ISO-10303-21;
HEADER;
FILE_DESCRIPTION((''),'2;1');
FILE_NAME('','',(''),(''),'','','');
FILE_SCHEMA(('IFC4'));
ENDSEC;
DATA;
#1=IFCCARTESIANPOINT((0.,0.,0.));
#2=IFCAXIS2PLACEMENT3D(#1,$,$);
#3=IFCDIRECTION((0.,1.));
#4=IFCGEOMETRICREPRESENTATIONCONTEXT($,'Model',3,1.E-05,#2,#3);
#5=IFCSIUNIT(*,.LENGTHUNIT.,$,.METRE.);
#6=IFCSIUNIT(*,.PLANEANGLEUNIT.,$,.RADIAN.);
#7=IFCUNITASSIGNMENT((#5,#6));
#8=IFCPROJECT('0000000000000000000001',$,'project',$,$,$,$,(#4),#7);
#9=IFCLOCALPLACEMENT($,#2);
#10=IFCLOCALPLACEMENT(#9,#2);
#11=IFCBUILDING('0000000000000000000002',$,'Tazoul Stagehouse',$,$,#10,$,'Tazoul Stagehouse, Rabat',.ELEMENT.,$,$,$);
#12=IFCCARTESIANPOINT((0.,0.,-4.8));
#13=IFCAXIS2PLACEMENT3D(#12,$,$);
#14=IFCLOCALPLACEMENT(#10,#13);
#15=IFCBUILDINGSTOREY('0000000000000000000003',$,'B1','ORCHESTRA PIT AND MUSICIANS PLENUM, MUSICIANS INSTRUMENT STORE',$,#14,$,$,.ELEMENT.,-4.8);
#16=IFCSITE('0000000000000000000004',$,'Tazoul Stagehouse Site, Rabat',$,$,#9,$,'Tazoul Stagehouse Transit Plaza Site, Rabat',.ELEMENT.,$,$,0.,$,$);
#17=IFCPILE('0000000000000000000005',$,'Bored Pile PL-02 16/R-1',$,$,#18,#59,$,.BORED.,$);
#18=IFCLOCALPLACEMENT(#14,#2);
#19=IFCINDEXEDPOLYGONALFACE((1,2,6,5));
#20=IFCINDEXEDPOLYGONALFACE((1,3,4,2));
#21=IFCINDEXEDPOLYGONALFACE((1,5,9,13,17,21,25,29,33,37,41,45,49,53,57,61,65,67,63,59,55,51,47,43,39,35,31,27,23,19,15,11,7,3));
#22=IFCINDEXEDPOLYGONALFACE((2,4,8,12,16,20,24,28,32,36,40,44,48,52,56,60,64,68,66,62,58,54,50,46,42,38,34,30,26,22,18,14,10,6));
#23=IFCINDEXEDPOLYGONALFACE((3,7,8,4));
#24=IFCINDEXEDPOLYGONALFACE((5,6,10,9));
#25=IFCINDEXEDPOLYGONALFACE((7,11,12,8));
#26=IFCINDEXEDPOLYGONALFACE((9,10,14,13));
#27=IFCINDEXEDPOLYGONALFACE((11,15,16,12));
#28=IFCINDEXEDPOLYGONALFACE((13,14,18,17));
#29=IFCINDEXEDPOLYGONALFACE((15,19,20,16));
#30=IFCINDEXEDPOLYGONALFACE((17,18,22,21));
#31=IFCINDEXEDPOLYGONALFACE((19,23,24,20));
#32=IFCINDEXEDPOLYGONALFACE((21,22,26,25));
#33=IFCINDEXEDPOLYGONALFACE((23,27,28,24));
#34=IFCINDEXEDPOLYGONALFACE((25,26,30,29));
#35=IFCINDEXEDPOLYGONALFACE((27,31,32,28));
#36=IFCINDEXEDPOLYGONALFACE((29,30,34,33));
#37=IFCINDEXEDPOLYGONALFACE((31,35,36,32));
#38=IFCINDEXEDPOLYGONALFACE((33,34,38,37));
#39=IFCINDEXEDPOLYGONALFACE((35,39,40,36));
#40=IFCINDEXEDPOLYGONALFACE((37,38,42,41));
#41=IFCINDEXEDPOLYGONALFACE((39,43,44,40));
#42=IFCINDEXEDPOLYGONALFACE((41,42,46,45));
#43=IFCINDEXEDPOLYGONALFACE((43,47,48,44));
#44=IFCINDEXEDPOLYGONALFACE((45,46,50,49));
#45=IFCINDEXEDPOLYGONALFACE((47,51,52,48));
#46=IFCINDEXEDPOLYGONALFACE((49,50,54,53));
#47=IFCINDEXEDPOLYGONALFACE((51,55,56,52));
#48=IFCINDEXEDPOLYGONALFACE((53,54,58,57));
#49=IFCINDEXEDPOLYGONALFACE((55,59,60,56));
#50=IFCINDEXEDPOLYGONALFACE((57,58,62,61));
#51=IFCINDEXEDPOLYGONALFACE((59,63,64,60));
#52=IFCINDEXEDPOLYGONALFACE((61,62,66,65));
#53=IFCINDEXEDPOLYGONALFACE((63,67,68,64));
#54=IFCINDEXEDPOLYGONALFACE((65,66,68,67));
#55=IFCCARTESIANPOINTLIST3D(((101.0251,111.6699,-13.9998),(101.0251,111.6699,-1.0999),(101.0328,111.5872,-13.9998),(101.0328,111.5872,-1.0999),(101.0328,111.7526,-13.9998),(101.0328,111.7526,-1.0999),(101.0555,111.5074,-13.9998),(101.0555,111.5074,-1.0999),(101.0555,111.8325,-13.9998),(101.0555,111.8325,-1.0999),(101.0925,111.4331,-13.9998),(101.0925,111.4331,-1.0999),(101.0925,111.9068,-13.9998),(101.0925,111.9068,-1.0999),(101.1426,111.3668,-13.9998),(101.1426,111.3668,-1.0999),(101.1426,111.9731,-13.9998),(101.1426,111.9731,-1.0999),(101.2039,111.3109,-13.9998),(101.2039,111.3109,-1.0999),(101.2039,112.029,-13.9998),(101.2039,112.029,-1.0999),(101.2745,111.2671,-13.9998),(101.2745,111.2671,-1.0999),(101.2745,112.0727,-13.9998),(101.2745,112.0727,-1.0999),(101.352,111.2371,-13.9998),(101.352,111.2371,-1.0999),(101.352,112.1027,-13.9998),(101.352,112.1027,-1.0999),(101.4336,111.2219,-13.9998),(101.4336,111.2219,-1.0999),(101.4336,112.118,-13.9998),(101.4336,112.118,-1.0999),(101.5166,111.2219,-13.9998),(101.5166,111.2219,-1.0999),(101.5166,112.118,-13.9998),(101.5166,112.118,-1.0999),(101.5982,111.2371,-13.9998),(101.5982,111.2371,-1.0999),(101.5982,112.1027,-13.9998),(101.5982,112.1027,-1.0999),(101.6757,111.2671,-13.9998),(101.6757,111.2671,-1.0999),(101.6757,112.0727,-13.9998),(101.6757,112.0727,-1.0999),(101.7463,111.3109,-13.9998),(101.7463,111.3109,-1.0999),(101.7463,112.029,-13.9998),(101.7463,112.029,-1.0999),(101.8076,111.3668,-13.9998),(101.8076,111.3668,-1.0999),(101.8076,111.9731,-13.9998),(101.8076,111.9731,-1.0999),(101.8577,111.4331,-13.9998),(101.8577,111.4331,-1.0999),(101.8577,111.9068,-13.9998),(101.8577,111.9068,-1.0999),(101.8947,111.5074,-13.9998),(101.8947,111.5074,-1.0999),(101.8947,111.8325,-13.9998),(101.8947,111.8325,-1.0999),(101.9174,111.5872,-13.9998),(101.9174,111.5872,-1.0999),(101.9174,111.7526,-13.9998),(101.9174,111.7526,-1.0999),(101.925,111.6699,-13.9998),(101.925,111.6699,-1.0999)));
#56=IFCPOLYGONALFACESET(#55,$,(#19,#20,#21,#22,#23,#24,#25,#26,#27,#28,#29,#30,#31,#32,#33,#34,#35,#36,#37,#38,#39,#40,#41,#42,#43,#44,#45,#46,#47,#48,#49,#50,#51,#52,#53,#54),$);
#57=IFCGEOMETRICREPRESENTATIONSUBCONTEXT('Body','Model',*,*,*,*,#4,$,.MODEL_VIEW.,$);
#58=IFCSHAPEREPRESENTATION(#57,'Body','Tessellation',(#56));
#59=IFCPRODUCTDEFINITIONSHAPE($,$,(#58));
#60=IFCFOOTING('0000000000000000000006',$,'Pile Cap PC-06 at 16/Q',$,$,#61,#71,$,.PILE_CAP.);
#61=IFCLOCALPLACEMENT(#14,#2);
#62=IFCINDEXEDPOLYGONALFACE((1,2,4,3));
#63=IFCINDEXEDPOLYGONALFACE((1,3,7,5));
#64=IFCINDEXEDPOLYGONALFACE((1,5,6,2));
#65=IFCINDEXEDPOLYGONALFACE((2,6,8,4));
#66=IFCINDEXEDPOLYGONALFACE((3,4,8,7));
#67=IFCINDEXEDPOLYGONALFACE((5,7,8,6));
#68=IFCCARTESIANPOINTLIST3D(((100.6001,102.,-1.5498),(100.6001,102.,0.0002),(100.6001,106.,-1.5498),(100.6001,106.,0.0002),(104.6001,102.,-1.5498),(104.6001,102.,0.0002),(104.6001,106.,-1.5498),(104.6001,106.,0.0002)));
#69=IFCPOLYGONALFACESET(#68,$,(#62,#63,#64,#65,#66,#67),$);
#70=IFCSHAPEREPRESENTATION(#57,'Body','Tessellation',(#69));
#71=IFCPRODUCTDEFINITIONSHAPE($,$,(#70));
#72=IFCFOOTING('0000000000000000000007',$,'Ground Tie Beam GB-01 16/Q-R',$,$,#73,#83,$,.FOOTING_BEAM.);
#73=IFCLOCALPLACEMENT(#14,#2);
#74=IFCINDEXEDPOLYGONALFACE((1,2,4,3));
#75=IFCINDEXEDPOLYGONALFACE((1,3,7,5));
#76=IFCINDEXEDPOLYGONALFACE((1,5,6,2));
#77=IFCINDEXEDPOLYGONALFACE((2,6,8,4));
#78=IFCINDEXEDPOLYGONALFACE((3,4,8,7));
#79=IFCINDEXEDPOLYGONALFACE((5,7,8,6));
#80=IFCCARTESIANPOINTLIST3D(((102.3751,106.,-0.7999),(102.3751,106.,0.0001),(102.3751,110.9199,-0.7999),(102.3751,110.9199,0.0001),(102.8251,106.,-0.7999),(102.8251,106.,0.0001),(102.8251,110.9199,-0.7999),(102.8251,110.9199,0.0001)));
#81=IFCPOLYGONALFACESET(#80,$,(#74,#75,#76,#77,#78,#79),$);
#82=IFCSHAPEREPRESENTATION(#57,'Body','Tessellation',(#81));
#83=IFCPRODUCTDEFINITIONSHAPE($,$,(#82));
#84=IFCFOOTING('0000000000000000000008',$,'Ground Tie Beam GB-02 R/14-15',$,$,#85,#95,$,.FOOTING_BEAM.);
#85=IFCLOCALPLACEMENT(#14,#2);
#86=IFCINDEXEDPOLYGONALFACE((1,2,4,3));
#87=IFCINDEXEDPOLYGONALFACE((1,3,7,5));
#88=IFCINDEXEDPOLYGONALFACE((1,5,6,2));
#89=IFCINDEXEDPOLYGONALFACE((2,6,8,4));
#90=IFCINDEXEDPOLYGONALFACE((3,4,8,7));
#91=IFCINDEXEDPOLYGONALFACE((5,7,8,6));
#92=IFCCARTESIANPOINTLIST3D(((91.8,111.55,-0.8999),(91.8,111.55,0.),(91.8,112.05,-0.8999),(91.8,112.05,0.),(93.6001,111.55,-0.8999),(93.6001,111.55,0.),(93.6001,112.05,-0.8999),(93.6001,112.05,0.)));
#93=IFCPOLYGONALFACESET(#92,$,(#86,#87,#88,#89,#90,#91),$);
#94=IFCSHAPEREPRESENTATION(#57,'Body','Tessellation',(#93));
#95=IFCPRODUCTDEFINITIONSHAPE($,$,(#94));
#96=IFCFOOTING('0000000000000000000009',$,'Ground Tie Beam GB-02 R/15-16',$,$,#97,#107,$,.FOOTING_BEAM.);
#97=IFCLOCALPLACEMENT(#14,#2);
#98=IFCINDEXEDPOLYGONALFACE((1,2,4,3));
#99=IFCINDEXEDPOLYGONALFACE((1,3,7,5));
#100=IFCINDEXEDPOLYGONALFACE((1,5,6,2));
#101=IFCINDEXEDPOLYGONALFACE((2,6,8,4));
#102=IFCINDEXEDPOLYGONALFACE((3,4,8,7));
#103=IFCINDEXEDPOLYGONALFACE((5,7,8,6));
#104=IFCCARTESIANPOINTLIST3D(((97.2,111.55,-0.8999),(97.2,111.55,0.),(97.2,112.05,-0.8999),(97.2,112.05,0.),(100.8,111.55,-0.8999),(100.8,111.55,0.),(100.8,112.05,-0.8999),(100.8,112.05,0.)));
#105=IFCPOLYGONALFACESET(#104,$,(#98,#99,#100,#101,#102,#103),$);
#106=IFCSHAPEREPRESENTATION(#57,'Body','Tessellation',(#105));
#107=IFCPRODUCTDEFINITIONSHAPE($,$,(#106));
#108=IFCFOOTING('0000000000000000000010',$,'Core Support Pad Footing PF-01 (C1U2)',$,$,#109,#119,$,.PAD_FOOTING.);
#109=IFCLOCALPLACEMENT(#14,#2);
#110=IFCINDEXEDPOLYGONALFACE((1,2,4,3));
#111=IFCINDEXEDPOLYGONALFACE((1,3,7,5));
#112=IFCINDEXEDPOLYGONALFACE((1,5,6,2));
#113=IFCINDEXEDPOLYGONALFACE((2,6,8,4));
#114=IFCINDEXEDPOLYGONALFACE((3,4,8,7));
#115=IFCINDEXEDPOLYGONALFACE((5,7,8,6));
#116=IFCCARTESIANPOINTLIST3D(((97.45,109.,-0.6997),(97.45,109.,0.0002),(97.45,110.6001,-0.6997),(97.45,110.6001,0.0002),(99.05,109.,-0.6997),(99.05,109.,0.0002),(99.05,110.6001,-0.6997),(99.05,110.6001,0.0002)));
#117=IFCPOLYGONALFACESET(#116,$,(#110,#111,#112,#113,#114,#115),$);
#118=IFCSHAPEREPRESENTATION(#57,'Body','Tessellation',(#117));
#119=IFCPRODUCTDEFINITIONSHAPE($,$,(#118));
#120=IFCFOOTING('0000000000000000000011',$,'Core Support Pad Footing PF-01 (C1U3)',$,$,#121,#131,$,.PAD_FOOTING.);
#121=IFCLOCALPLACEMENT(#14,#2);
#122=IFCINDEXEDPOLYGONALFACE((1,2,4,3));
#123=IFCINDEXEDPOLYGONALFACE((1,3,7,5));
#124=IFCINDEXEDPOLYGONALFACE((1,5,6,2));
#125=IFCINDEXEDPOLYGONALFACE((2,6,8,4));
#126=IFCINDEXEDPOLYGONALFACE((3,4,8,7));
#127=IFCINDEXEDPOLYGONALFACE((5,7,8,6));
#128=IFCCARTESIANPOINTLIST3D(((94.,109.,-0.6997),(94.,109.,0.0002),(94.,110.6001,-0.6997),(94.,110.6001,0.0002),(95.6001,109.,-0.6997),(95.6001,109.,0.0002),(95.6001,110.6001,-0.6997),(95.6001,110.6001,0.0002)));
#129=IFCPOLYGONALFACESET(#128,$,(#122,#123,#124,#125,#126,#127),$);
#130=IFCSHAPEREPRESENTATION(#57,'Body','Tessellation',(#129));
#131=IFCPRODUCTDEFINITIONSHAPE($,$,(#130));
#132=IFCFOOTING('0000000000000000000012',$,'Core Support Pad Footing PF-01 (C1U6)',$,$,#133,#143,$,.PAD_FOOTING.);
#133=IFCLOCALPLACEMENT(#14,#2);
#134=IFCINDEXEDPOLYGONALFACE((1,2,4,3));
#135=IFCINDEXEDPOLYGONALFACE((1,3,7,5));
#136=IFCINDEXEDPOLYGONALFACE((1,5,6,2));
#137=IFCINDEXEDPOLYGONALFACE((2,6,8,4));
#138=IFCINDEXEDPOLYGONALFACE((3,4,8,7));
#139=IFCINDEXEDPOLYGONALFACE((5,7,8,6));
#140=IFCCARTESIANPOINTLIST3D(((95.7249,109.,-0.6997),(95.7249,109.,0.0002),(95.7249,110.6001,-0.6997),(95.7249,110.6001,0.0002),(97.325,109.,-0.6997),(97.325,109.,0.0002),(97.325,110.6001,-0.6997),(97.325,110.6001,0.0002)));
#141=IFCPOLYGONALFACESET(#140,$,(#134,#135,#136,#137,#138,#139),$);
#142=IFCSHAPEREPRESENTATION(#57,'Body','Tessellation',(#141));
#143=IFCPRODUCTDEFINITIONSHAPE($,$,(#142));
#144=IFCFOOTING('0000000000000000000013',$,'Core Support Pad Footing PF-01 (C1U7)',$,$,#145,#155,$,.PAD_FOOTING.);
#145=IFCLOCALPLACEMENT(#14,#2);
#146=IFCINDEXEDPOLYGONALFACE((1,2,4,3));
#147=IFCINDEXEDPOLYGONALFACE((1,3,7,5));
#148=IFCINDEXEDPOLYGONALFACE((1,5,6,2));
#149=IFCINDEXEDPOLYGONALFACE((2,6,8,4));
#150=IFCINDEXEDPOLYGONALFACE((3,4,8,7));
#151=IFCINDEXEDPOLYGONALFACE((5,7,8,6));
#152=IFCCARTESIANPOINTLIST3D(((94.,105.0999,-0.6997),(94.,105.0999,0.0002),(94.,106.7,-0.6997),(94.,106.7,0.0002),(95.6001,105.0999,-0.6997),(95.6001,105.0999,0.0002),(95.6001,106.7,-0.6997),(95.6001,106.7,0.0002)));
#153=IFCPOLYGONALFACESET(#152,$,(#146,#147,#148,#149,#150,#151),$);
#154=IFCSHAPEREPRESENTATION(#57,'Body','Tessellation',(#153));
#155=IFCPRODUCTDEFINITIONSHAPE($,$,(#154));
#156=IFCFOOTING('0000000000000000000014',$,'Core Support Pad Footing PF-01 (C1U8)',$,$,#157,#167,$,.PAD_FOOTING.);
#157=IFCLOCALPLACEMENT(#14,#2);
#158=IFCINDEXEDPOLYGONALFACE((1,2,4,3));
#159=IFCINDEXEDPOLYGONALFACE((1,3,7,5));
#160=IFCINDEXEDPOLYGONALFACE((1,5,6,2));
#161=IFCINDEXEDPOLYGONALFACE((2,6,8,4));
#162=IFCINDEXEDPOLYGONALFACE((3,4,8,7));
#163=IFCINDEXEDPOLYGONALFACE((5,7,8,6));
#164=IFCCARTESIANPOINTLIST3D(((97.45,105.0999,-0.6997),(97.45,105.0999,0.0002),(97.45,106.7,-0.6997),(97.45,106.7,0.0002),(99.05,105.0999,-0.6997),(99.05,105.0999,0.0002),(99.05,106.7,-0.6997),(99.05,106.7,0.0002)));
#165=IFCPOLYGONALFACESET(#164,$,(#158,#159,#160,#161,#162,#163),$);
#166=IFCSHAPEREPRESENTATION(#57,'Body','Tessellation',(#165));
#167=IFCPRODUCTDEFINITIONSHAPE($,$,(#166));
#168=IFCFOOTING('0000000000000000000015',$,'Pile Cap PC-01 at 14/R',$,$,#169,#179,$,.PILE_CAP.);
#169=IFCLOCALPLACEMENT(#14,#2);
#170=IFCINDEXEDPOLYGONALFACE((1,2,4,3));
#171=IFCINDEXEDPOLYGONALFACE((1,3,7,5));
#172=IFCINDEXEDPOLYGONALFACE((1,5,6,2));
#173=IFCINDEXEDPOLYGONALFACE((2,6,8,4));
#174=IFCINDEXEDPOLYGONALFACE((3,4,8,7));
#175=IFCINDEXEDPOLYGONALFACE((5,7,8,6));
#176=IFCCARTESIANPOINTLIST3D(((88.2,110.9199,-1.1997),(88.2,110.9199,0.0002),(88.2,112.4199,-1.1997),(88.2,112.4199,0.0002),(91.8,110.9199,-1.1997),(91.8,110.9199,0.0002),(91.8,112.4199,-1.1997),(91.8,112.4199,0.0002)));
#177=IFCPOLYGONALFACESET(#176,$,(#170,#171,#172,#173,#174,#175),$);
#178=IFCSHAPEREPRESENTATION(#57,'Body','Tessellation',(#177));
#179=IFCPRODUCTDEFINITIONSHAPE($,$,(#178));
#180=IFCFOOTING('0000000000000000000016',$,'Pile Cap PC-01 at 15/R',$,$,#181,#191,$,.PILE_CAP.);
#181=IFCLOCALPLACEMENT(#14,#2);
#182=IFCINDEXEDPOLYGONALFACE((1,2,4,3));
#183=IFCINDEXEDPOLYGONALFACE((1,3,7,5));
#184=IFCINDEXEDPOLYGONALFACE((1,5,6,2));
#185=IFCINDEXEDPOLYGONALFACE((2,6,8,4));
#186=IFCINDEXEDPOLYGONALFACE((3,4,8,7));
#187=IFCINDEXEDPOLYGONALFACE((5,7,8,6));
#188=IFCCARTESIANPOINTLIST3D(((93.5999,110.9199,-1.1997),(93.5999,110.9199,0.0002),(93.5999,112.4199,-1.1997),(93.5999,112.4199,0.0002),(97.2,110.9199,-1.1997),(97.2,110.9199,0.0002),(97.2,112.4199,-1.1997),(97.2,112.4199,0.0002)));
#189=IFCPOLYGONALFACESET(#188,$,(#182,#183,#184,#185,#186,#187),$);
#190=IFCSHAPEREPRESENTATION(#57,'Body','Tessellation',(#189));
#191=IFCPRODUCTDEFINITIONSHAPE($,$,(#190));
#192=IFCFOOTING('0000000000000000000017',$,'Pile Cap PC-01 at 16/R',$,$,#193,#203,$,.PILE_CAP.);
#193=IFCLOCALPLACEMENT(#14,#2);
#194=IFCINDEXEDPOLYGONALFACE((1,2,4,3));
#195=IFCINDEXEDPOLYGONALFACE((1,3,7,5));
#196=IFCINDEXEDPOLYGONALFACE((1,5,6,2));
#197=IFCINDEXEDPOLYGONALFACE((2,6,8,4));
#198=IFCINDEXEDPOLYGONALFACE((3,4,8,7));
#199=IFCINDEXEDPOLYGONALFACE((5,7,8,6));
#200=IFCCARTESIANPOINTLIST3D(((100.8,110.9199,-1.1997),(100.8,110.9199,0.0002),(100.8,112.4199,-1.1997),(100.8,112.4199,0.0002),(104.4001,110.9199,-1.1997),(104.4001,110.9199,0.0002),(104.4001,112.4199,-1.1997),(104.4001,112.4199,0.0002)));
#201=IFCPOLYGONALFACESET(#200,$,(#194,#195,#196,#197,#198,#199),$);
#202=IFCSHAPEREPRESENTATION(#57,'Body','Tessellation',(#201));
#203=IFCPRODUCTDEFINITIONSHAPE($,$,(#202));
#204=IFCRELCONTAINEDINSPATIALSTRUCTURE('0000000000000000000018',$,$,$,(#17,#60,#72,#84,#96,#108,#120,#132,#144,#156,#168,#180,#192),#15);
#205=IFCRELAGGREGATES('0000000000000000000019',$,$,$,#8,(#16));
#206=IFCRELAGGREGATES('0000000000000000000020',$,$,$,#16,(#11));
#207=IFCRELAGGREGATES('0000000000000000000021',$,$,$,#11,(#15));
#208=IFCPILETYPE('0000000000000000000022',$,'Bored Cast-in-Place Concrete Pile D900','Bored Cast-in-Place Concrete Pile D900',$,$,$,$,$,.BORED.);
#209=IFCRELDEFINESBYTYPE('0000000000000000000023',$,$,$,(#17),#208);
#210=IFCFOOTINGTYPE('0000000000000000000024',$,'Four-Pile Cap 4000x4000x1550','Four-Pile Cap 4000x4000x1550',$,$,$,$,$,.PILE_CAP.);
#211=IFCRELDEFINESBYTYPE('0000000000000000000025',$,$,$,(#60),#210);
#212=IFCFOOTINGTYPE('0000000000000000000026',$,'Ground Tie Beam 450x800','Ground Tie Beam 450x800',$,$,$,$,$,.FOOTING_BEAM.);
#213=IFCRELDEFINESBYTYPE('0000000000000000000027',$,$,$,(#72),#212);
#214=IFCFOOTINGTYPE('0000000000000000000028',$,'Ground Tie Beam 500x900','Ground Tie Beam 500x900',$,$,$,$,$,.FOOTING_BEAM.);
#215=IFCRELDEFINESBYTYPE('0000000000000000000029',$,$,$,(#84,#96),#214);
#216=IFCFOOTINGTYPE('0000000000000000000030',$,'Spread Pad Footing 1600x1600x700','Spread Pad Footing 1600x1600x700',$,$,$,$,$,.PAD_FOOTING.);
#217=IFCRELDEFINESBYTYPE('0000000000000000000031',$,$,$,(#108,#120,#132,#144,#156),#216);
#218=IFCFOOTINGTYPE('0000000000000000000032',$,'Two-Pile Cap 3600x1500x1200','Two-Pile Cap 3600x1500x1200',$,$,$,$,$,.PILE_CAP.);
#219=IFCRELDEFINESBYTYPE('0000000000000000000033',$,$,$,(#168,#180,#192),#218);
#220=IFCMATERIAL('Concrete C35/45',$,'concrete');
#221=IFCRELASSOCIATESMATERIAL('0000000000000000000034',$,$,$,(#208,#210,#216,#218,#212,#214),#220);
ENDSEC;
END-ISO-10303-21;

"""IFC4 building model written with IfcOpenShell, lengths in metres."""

from ifc_helpers import new_model, si_unit, direction, frame, origin, origin_2d, place, context, subcontext, project, spatial, rectangle, circle, extrude, material, material_profile, profile_set, type_object, element, save


model = new_model("IFC4")

# Units and contexts
model_context = context("Model", 3, precision=1e-05, world=origin(), true_north=direction((0.0, 1.0)))
body_context = subcontext(model_context, "Body", "Model", "MODEL_VIEW")
ifc_project = project(units=[si_unit("LENGTHUNIT", "METRE"), si_unit("PLANEANGLEUNIT", "RADIAN")], contexts=[model_context])

# Site, building, storey
site_placement = place(None, origin())
site = spatial("IfcSite", under=ifc_project, at=site_placement, Name="Tazoul Stagehouse Site, Rabat", LongName="Tazoul Stagehouse Transit Plaza Site, Rabat", CompositionType="ELEMENT", RefElevation=0.0)
building_placement = place(site_placement, origin())
building = spatial("IfcBuilding", under=site, at=building_placement, Name="Tazoul Stagehouse", LongName="Tazoul Stagehouse, Rabat", CompositionType="ELEMENT")
storey_placement = place(building_placement, frame((0.0, 0.0, -4.8)))
storey = spatial("IfcBuildingStorey", under=building, at=storey_placement, Name="B1", Description="ORCHESTRA PIT AND MUSICIANS PLENUM, MUSICIANS INSTRUMENT STORE", CompositionType="ELEMENT", Elevation=-4.8)

# Pile
ifc_material_1 = material(Name="Concrete C35/45", Category="concrete")
ifc_material_profile_1 = material_profile(ifc_material_1, circle(Radius=0.45, at=origin_2d()), Name="BORED PILE 900")
ifc_profile_set_1 = profile_set([ifc_material_profile_1], Name="Concrete C35/45")
pile_type_1 = type_object("IfcPileType", Name="Bored Cast-in-Place Concrete Pile D900", Description="Bored Cast-in-Place Concrete Pile D900", PredefinedType="BORED", material=ifc_profile_set_1)
for number, where, z_axis, x_axis, name in (
    (1, (101.4751, 111.6699, -1.0999), (0.0, 0.0, -1.0), (1.0, 0.0, 0.0), "Bored Pile PL-02 16/R-1"),
):
    element("IfcPile", number, at=place(storey_placement, frame(where, z_axis=z_axis, x_axis=x_axis)), inside=storey, type_object=pile_type_1, Name=name, PredefinedType="BORED", context=body_context, shape_type="SweptSolid", body=[
        extrude(circle(Radius=0.45, at=origin_2d()), origin(), (0.0, 0.0, 1.0), 12.8999),
    ])

# Footings
footing_type_1 = type_object("IfcFootingType", Name="Four-Pile Cap 4000x4000x1550", Description="Four-Pile Cap 4000x4000x1550", PredefinedType="PILE_CAP", material=ifc_material_1)
footing_1_placement = place(storey_placement, frame((102.6001, 104.0, -1.5498), z_axis=(0.0, 0.0, 1.0), x_axis=(1.0, 0.0, 0.0)))
element("IfcFooting", 2, at=footing_1_placement, inside=storey, type_object=footing_type_1, Name="Pile Cap PC-06 at 16/Q", PredefinedType="PILE_CAP", context=body_context, shape_type="SweptSolid", body=[
    extrude(rectangle(XDim=4.0, YDim=4.0, at=origin_2d()), origin(), (0.0, 0.0, 1.0), 1.55),
])
ifc_material_profile_2 = material_profile(ifc_material_1, rectangle(XDim=0.45, YDim=0.8, at=origin_2d()), Name="RC 450x800")
ifc_profile_set_2 = profile_set([ifc_material_profile_2], Name="Concrete C35/45")
footing_type_2 = type_object("IfcFootingType", Name="Ground Tie Beam 450x800", Description="Ground Tie Beam 450x800", PredefinedType="FOOTING_BEAM", material=ifc_profile_set_2)
footing_2_placement = place(storey_placement, frame((102.6001, 106.0, -0.3999), z_axis=(0.0, 1.0, 0.0), x_axis=(-1.0, 0.0, 0.0)))
element("IfcFooting", 3, at=footing_2_placement, inside=storey, type_object=footing_type_2, Name="Ground Tie Beam GB-01 16/Q-R", PredefinedType="FOOTING_BEAM", context=body_context, shape_type="SweptSolid", body=[
    extrude(rectangle(XDim=0.45, YDim=0.8, at=origin_2d()), origin(), (0.0, 0.0, 1.0), 4.9199),
])
ifc_material_profile_3 = material_profile(ifc_material_1, rectangle(XDim=0.5, YDim=0.8999, at=origin_2d()), Name="RC 500x900")
ifc_profile_set_3 = profile_set([ifc_material_profile_3], Name="Concrete C35/45")
footing_type_3 = type_object("IfcFootingType", Name="Ground Tie Beam 500x900", Description="Ground Tie Beam 500x900", PredefinedType="FOOTING_BEAM", material=ifc_profile_set_3)
footing_3_placement = place(storey_placement, frame((91.8, 111.8, -0.45), z_axis=(1.0, 0.0, 0.0), x_axis=(0.0, 1.0, 0.0)))
element("IfcFooting", 4, at=footing_3_placement, inside=storey, type_object=footing_type_3, Name="Ground Tie Beam GB-02 R/14-15", PredefinedType="FOOTING_BEAM", context=body_context, shape_type="SweptSolid", body=[
    extrude(rectangle(XDim=0.5, YDim=0.8999, at=origin_2d()), origin(), (0.0, 0.0, 1.0), 1.8),
])
footing_4_placement = place(storey_placement, frame((97.2, 111.8, -0.45), z_axis=(1.0, 0.0, 0.0), x_axis=(0.0, 1.0, 0.0)))
element("IfcFooting", 5, at=footing_4_placement, inside=storey, type_object=footing_type_3, Name="Ground Tie Beam GB-02 R/15-16", PredefinedType="FOOTING_BEAM", context=body_context, shape_type="SweptSolid", body=[
    extrude(rectangle(XDim=0.5, YDim=0.8999, at=origin_2d()), origin(), (0.0, 0.0, 1.0), 3.6001),
])
footing_type_4 = type_object("IfcFootingType", Name="Spread Pad Footing 1600x1600x700", Description="Spread Pad Footing 1600x1600x700", PredefinedType="PAD_FOOTING", material=ifc_material_1)
for number, where, z_axis, x_axis, name in (
    (6, (98.25, 109.8, -0.6997), (0.0, 0.0, 1.0), (1.0, 0.0, 0.0), "Core Support Pad Footing PF-01 (C1U2)"),
    (7, (94.8, 109.8, -0.6997), (0.0, 0.0, 1.0), (1.0, 0.0, 0.0), "Core Support Pad Footing PF-01 (C1U3)"),
    (8, (96.5249, 109.8, -0.6997), (0.0, 0.0, 1.0), (1.0, 0.0, 0.0), "Core Support Pad Footing PF-01 (C1U6)"),
    (9, (94.8, 105.8999, -0.6997), (0.0, 0.0, 1.0), (1.0, 0.0, 0.0), "Core Support Pad Footing PF-01 (C1U7)"),
    (10, (98.25, 105.8999, -0.6997), (0.0, 0.0, 1.0), (1.0, 0.0, 0.0), "Core Support Pad Footing PF-01 (C1U8)"),
):
    element("IfcFooting", number, at=place(storey_placement, frame(where, z_axis=z_axis, x_axis=x_axis)), inside=storey, type_object=footing_type_4, Name=name, PredefinedType="PAD_FOOTING", context=body_context, shape_type="SweptSolid", body=[
        extrude(rectangle(XDim=1.6001, YDim=1.6001, at=origin_2d()), origin(), (0.0, 0.0, 1.0), 0.7),
    ])
footing_type_5 = type_object("IfcFootingType", Name="Two-Pile Cap 3600x1500x1200", Description="Two-Pile Cap 3600x1500x1200", PredefinedType="PILE_CAP", material=ifc_material_1)
for number, where, z_axis, x_axis, name in (
    (11, (90.0, 111.6699, -1.1997), (0.0, 0.0, 1.0), (1.0, 0.0, 0.0), "Pile Cap PC-01 at 14/R"),
    (12, (95.3999, 111.6699, -1.1997), (0.0, 0.0, 1.0), (1.0, 0.0, 0.0), "Pile Cap PC-01 at 15/R"),
    (13, (102.6001, 111.6699, -1.1997), (0.0, 0.0, 1.0), (1.0, 0.0, 0.0), "Pile Cap PC-01 at 16/R"),
):
    element("IfcFooting", number, at=place(storey_placement, frame(where, z_axis=z_axis, x_axis=x_axis)), inside=storey, type_object=footing_type_5, Name=name, PredefinedType="PILE_CAP", context=body_context, shape_type="SweptSolid", body=[
        extrude(rectangle(XDim=3.6001, YDim=1.5, at=origin_2d()), origin(), (0.0, 0.0, 1.0), 1.2),
    ])

save(model, "model.ifc")
